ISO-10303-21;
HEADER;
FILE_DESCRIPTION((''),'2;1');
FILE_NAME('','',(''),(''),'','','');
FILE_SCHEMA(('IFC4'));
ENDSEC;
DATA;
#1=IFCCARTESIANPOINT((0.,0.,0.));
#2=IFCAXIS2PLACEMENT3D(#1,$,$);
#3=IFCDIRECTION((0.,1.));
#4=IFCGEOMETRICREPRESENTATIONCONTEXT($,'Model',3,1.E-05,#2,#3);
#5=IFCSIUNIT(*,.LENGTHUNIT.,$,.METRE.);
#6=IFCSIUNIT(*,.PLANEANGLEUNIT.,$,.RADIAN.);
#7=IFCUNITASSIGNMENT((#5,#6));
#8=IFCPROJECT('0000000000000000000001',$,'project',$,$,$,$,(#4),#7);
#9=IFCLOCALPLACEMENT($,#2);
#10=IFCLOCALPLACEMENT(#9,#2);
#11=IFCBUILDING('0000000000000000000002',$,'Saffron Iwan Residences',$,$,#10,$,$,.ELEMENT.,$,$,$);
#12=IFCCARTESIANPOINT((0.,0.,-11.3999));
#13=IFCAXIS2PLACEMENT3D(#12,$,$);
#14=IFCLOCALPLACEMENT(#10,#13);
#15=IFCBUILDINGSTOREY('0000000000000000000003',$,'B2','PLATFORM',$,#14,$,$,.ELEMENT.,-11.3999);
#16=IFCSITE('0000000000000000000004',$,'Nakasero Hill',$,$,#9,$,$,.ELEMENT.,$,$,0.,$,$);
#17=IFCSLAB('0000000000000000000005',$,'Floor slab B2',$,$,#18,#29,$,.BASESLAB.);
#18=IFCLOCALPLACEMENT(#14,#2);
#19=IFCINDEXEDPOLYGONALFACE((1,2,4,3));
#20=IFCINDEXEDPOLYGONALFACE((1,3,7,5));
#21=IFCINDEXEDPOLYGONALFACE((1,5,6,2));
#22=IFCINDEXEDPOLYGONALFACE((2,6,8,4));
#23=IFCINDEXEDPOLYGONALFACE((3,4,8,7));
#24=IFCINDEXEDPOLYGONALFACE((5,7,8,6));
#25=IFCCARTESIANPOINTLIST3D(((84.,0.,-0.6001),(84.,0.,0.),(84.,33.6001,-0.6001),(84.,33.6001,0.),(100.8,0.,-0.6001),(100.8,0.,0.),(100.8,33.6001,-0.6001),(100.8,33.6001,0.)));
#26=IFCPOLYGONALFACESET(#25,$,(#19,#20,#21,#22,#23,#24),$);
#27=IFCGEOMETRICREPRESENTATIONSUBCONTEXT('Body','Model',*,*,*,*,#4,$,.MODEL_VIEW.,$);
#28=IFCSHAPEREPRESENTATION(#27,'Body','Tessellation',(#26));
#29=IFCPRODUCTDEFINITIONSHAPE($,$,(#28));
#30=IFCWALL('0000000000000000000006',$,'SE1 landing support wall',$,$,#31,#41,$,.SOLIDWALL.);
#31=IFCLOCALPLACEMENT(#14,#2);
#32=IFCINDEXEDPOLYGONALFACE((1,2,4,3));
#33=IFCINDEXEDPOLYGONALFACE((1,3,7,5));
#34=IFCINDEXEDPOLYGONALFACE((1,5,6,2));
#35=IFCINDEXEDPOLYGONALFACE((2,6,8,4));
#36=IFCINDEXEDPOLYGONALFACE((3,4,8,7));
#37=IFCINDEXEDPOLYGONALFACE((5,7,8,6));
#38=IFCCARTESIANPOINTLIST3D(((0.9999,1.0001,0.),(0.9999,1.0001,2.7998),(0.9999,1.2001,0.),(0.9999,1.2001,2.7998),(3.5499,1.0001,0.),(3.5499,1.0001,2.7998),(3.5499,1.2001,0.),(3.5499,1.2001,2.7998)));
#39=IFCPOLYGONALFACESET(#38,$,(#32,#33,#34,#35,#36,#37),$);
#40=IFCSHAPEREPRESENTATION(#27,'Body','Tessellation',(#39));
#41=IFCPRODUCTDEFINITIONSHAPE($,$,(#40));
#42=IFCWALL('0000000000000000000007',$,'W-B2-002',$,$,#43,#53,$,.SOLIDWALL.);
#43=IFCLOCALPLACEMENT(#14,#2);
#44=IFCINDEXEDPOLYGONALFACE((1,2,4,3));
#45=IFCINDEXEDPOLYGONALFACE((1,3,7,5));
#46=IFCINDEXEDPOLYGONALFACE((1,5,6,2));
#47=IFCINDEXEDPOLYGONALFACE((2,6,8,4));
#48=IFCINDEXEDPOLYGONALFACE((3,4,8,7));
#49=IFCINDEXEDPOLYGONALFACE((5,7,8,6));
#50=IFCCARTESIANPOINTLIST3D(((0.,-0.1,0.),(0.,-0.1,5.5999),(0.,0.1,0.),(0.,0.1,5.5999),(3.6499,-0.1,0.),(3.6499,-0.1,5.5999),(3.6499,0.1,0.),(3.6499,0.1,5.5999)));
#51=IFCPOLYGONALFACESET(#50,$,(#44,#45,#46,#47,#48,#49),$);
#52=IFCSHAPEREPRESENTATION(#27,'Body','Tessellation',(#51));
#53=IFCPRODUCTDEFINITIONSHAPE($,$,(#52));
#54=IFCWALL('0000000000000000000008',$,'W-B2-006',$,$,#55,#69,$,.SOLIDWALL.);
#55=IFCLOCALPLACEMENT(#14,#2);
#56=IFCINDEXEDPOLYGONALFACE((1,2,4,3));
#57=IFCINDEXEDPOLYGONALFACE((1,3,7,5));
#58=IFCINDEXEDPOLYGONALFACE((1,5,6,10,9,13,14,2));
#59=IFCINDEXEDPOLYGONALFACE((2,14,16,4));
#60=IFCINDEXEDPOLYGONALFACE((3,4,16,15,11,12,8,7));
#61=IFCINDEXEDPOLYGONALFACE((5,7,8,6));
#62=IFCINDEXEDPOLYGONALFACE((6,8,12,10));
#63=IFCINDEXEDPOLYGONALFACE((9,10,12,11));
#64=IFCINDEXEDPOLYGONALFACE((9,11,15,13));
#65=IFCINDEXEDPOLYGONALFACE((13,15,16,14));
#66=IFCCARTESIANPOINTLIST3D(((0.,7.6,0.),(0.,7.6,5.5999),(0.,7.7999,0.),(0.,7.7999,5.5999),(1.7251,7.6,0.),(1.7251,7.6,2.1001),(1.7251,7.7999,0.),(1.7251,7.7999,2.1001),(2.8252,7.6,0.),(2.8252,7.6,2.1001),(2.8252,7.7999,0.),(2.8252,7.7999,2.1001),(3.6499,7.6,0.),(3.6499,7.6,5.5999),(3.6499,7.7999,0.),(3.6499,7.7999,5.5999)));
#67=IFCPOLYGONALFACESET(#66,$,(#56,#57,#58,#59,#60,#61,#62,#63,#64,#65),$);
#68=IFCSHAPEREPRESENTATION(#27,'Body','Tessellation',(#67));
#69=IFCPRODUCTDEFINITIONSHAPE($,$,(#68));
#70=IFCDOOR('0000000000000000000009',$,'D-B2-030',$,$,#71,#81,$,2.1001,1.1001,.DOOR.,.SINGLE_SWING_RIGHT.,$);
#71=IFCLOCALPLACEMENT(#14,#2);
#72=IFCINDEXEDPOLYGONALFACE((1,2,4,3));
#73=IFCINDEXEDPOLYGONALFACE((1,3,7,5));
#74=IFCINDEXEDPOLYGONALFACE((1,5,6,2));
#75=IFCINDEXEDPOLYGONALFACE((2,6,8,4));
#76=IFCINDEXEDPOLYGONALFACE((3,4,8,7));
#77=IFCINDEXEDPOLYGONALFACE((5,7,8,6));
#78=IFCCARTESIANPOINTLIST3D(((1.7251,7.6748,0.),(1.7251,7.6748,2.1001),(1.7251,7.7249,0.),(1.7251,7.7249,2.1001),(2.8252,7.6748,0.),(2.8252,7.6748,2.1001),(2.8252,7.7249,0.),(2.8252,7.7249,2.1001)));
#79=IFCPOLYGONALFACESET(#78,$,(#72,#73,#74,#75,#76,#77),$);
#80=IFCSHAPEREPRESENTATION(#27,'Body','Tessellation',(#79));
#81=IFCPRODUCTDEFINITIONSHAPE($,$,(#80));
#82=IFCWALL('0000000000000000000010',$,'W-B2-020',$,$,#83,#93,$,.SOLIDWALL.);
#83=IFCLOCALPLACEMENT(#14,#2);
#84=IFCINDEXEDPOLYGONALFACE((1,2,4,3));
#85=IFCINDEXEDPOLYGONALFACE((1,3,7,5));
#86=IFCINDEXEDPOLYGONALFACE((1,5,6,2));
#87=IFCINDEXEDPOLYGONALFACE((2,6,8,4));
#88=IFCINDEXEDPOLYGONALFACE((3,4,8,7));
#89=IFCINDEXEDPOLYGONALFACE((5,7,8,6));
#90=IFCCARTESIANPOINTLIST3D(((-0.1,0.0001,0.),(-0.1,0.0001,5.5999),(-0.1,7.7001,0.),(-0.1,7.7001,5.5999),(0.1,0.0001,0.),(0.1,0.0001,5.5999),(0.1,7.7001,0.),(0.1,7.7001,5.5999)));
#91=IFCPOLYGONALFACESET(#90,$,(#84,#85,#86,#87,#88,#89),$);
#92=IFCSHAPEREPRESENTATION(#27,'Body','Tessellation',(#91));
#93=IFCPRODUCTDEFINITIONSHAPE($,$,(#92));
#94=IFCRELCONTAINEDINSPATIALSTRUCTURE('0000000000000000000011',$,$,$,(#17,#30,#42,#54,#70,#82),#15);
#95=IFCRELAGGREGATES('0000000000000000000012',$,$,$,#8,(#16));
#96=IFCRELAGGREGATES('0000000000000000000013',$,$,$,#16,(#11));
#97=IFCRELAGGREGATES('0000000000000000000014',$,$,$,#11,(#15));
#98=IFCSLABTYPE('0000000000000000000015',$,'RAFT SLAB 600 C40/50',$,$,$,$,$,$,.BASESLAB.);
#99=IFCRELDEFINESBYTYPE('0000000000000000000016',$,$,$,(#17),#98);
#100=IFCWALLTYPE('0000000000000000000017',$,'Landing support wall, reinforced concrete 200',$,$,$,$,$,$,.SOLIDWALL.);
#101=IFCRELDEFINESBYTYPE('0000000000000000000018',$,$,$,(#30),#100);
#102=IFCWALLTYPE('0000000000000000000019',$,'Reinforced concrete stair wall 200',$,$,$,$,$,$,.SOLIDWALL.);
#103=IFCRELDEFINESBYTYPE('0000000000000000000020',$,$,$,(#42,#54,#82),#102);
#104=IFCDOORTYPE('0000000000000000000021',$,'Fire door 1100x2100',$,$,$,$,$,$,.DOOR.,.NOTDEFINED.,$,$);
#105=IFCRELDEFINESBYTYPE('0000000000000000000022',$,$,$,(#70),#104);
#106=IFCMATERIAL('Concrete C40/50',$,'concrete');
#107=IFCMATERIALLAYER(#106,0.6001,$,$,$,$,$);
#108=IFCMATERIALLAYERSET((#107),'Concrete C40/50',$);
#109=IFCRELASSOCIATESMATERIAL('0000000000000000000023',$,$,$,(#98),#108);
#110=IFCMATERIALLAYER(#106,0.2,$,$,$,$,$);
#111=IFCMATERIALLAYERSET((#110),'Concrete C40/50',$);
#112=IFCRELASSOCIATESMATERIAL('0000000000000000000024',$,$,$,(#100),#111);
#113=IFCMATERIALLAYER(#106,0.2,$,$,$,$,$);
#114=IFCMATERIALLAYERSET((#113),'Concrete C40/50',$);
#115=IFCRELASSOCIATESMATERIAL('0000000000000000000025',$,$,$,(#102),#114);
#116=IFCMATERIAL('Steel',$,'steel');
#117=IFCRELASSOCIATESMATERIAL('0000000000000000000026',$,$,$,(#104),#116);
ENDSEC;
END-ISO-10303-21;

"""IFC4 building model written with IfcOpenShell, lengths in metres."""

from ifc_helpers import new_model, si_unit, direction, frame, frame_2d, origin, origin_with_axes, place, context, subcontext, project, spatial, polyline, rectangle, outline, extrude, material, layer, layer_set, type_object, element, fill, save


model = new_model("IFC4")

# Units and contexts
model_context = context("Model", 3, precision=1e-05, world=origin(), true_north=direction((0.0, 1.0)))
body_context = subcontext(model_context, "Body", "Model", "MODEL_VIEW")
ifc_project = project(units=[si_unit("LENGTHUNIT", "METRE"), si_unit("PLANEANGLEUNIT", "RADIAN")], contexts=[model_context])

# Site, building, storey
site_placement = place(None, origin())
site = spatial("IfcSite", under=ifc_project, at=site_placement, Name="Nakasero Hill", CompositionType="ELEMENT", RefElevation=0.0)
building_placement = place(site_placement, origin())
building = spatial("IfcBuilding", under=site, at=building_placement, Name="Saffron Iwan Residences", CompositionType="ELEMENT")
storey_placement = place(building_placement, frame((0.0, 0.0, -11.3999)))
storey = spatial("IfcBuildingStorey", under=building, at=storey_placement, Name="B2", Description="PLATFORM", CompositionType="ELEMENT", Elevation=-11.3999)

# Shared definitions
ifc_material_1 = material(Name="Concrete C40/50", Category="concrete")

# Slab
ifc_layer_1 = layer(ifc_material_1, 0.6001)
ifc_layer_set_1 = layer_set([ifc_layer_1], Name="Concrete C40/50")
slab_type_1 = type_object("IfcSlabType", Name="RAFT SLAB 600 C40/50", PredefinedType="BASESLAB", material=ifc_layer_set_1)
slab_1_placement = place(storey_placement, frame((0.0, 0.0, -0.6001)))
element("IfcSlab", 1, at=slab_1_placement, inside=storey, type_object=slab_type_1, Name="Floor slab B2", PredefinedType="BASESLAB", context=body_context, shape_type="SweptSolid", body=[
    extrude(outline(polyline([(100.8, 33.6001), (100.8, 0.0), (84.0, 0.0), (84.0, 33.6001), (100.8, 33.6001)])), origin(), (0.0, 0.0, 1.0), 0.6001),
])

# Walls
ifc_layer_2 = layer(ifc_material_1, 0.2)
ifc_layer_set_2 = layer_set([ifc_layer_2], Name="Concrete C40/50")
wall_type_1 = type_object("IfcWallType", Name="Landing support wall, reinforced concrete 200", PredefinedType="SOLIDWALL", material=ifc_layer_set_2)
wall_1_placement = place(storey_placement, frame((1.0, 1.1001, 0.0), z_axis=(0.0, 0.0, 1.0), x_axis=(1.0, 0.0, 0.0)))
element("IfcWall", 2, at=wall_1_placement, inside=storey, type_object=wall_type_1, Name="SE1 landing support wall", PredefinedType="SOLIDWALL", context=body_context, shape_type="SweptSolid", body=[
    extrude(rectangle(XDim=2.55, YDim=0.2, at=frame_2d((1.2749, 0.0))), origin(), (0.0, 0.0, 1.0), 2.7998),
])
ifc_layer_3 = layer(ifc_material_1, 0.2)
ifc_layer_set_3 = layer_set([ifc_layer_3], Name="Concrete C40/50")
wall_type_2 = type_object("IfcWallType", Name="Reinforced concrete stair wall 200", PredefinedType="SOLIDWALL", material=ifc_layer_set_3)
wall_2_placement = place(storey_placement, origin_with_axes())
element("IfcWall", 3, at=wall_2_placement, inside=storey, type_object=wall_type_2, Name="W-B2-002", PredefinedType="SOLIDWALL", context=body_context, shape_type="SweptSolid", body=[
    extrude(rectangle(XDim=3.6499, YDim=0.2, at=frame_2d((1.825, 0.0))), origin(), (0.0, 0.0, 1.0), 5.5999),
])

# Wall, opening, door
wall_3_placement = place(storey_placement, frame((0.0, 7.7, 0.0), z_axis=(0.0, 0.0, 1.0), x_axis=(1.0, 0.0, 0.0)))
wall_3 = element("IfcWall", 4, at=wall_3_placement, inside=storey, type_object=wall_type_2, Name="W-B2-006", PredefinedType="SOLIDWALL", context=body_context, shape_type="SweptSolid", body=[
    extrude(rectangle(XDim=3.6499, YDim=0.2, at=frame_2d((1.825, 0.0))), origin(), (0.0, 0.0, 1.0), 5.5999),
])
opening_placement = place(wall_3_placement, frame((1.7251, 0.0, 0.0)))
opening = element("IfcOpeningElement", 5, at=opening_placement, cuts=wall_3, PredefinedType="OPENING", context=body_context, shape_type="SweptSolid", body=[
    extrude(rectangle(XDim=1.1001, YDim=2.1001, at=frame_2d((0.55, 1.05))), frame((0.0, 0.1099, 0.0), z_axis=(0.0, -1.0, 0.0), x_axis=(1.0, 0.0, 0.0)), (0.0, 0.0, 1.0), 0.22),
])
ifc_material_2 = material(Name="Steel", Category="steel")
door_type = type_object("IfcDoorType", Name="Fire door 1100x2100", OperationType="NOTDEFINED", PredefinedType="DOOR", material=ifc_material_2)
door_placement = place(opening_placement, origin())
door = element("IfcDoor", 6, at=door_placement, inside=storey, type_object=door_type, Name="D-B2-030", OperationType="SINGLE_SWING_RIGHT", OverallHeight=2.1001, OverallWidth=1.1001, PredefinedType="DOOR", context=body_context, shape_type="SweptSolid", body=[
    extrude(rectangle(XDim=1.1001, YDim=2.1001, at=frame_2d((0.55, 1.05))), frame((0.0, 0.0249, 0.0), z_axis=(0.0, -1.0, 0.0), x_axis=(1.0, 0.0, 0.0)), (0.0, 0.0, 1.0), 0.05),
])
fill(opening, door)

# Wall
wall_4_placement = place(storey_placement, frame((0.0, 0.0, 0.0), z_axis=(0.0, 0.0, 1.0), x_axis=(0.0, 1.0, 0.0)))
element("IfcWall", 7, at=wall_4_placement, inside=storey, type_object=wall_type_2, Name="W-B2-020", PredefinedType="SOLIDWALL", context=body_context, shape_type="SweptSolid", body=[
    extrude(rectangle(XDim=7.7, YDim=0.2, at=frame_2d((3.8501, 0.0))), origin(), (0.0, 0.0, 1.0), 5.5999),
])

save(model, "model.ifc")
